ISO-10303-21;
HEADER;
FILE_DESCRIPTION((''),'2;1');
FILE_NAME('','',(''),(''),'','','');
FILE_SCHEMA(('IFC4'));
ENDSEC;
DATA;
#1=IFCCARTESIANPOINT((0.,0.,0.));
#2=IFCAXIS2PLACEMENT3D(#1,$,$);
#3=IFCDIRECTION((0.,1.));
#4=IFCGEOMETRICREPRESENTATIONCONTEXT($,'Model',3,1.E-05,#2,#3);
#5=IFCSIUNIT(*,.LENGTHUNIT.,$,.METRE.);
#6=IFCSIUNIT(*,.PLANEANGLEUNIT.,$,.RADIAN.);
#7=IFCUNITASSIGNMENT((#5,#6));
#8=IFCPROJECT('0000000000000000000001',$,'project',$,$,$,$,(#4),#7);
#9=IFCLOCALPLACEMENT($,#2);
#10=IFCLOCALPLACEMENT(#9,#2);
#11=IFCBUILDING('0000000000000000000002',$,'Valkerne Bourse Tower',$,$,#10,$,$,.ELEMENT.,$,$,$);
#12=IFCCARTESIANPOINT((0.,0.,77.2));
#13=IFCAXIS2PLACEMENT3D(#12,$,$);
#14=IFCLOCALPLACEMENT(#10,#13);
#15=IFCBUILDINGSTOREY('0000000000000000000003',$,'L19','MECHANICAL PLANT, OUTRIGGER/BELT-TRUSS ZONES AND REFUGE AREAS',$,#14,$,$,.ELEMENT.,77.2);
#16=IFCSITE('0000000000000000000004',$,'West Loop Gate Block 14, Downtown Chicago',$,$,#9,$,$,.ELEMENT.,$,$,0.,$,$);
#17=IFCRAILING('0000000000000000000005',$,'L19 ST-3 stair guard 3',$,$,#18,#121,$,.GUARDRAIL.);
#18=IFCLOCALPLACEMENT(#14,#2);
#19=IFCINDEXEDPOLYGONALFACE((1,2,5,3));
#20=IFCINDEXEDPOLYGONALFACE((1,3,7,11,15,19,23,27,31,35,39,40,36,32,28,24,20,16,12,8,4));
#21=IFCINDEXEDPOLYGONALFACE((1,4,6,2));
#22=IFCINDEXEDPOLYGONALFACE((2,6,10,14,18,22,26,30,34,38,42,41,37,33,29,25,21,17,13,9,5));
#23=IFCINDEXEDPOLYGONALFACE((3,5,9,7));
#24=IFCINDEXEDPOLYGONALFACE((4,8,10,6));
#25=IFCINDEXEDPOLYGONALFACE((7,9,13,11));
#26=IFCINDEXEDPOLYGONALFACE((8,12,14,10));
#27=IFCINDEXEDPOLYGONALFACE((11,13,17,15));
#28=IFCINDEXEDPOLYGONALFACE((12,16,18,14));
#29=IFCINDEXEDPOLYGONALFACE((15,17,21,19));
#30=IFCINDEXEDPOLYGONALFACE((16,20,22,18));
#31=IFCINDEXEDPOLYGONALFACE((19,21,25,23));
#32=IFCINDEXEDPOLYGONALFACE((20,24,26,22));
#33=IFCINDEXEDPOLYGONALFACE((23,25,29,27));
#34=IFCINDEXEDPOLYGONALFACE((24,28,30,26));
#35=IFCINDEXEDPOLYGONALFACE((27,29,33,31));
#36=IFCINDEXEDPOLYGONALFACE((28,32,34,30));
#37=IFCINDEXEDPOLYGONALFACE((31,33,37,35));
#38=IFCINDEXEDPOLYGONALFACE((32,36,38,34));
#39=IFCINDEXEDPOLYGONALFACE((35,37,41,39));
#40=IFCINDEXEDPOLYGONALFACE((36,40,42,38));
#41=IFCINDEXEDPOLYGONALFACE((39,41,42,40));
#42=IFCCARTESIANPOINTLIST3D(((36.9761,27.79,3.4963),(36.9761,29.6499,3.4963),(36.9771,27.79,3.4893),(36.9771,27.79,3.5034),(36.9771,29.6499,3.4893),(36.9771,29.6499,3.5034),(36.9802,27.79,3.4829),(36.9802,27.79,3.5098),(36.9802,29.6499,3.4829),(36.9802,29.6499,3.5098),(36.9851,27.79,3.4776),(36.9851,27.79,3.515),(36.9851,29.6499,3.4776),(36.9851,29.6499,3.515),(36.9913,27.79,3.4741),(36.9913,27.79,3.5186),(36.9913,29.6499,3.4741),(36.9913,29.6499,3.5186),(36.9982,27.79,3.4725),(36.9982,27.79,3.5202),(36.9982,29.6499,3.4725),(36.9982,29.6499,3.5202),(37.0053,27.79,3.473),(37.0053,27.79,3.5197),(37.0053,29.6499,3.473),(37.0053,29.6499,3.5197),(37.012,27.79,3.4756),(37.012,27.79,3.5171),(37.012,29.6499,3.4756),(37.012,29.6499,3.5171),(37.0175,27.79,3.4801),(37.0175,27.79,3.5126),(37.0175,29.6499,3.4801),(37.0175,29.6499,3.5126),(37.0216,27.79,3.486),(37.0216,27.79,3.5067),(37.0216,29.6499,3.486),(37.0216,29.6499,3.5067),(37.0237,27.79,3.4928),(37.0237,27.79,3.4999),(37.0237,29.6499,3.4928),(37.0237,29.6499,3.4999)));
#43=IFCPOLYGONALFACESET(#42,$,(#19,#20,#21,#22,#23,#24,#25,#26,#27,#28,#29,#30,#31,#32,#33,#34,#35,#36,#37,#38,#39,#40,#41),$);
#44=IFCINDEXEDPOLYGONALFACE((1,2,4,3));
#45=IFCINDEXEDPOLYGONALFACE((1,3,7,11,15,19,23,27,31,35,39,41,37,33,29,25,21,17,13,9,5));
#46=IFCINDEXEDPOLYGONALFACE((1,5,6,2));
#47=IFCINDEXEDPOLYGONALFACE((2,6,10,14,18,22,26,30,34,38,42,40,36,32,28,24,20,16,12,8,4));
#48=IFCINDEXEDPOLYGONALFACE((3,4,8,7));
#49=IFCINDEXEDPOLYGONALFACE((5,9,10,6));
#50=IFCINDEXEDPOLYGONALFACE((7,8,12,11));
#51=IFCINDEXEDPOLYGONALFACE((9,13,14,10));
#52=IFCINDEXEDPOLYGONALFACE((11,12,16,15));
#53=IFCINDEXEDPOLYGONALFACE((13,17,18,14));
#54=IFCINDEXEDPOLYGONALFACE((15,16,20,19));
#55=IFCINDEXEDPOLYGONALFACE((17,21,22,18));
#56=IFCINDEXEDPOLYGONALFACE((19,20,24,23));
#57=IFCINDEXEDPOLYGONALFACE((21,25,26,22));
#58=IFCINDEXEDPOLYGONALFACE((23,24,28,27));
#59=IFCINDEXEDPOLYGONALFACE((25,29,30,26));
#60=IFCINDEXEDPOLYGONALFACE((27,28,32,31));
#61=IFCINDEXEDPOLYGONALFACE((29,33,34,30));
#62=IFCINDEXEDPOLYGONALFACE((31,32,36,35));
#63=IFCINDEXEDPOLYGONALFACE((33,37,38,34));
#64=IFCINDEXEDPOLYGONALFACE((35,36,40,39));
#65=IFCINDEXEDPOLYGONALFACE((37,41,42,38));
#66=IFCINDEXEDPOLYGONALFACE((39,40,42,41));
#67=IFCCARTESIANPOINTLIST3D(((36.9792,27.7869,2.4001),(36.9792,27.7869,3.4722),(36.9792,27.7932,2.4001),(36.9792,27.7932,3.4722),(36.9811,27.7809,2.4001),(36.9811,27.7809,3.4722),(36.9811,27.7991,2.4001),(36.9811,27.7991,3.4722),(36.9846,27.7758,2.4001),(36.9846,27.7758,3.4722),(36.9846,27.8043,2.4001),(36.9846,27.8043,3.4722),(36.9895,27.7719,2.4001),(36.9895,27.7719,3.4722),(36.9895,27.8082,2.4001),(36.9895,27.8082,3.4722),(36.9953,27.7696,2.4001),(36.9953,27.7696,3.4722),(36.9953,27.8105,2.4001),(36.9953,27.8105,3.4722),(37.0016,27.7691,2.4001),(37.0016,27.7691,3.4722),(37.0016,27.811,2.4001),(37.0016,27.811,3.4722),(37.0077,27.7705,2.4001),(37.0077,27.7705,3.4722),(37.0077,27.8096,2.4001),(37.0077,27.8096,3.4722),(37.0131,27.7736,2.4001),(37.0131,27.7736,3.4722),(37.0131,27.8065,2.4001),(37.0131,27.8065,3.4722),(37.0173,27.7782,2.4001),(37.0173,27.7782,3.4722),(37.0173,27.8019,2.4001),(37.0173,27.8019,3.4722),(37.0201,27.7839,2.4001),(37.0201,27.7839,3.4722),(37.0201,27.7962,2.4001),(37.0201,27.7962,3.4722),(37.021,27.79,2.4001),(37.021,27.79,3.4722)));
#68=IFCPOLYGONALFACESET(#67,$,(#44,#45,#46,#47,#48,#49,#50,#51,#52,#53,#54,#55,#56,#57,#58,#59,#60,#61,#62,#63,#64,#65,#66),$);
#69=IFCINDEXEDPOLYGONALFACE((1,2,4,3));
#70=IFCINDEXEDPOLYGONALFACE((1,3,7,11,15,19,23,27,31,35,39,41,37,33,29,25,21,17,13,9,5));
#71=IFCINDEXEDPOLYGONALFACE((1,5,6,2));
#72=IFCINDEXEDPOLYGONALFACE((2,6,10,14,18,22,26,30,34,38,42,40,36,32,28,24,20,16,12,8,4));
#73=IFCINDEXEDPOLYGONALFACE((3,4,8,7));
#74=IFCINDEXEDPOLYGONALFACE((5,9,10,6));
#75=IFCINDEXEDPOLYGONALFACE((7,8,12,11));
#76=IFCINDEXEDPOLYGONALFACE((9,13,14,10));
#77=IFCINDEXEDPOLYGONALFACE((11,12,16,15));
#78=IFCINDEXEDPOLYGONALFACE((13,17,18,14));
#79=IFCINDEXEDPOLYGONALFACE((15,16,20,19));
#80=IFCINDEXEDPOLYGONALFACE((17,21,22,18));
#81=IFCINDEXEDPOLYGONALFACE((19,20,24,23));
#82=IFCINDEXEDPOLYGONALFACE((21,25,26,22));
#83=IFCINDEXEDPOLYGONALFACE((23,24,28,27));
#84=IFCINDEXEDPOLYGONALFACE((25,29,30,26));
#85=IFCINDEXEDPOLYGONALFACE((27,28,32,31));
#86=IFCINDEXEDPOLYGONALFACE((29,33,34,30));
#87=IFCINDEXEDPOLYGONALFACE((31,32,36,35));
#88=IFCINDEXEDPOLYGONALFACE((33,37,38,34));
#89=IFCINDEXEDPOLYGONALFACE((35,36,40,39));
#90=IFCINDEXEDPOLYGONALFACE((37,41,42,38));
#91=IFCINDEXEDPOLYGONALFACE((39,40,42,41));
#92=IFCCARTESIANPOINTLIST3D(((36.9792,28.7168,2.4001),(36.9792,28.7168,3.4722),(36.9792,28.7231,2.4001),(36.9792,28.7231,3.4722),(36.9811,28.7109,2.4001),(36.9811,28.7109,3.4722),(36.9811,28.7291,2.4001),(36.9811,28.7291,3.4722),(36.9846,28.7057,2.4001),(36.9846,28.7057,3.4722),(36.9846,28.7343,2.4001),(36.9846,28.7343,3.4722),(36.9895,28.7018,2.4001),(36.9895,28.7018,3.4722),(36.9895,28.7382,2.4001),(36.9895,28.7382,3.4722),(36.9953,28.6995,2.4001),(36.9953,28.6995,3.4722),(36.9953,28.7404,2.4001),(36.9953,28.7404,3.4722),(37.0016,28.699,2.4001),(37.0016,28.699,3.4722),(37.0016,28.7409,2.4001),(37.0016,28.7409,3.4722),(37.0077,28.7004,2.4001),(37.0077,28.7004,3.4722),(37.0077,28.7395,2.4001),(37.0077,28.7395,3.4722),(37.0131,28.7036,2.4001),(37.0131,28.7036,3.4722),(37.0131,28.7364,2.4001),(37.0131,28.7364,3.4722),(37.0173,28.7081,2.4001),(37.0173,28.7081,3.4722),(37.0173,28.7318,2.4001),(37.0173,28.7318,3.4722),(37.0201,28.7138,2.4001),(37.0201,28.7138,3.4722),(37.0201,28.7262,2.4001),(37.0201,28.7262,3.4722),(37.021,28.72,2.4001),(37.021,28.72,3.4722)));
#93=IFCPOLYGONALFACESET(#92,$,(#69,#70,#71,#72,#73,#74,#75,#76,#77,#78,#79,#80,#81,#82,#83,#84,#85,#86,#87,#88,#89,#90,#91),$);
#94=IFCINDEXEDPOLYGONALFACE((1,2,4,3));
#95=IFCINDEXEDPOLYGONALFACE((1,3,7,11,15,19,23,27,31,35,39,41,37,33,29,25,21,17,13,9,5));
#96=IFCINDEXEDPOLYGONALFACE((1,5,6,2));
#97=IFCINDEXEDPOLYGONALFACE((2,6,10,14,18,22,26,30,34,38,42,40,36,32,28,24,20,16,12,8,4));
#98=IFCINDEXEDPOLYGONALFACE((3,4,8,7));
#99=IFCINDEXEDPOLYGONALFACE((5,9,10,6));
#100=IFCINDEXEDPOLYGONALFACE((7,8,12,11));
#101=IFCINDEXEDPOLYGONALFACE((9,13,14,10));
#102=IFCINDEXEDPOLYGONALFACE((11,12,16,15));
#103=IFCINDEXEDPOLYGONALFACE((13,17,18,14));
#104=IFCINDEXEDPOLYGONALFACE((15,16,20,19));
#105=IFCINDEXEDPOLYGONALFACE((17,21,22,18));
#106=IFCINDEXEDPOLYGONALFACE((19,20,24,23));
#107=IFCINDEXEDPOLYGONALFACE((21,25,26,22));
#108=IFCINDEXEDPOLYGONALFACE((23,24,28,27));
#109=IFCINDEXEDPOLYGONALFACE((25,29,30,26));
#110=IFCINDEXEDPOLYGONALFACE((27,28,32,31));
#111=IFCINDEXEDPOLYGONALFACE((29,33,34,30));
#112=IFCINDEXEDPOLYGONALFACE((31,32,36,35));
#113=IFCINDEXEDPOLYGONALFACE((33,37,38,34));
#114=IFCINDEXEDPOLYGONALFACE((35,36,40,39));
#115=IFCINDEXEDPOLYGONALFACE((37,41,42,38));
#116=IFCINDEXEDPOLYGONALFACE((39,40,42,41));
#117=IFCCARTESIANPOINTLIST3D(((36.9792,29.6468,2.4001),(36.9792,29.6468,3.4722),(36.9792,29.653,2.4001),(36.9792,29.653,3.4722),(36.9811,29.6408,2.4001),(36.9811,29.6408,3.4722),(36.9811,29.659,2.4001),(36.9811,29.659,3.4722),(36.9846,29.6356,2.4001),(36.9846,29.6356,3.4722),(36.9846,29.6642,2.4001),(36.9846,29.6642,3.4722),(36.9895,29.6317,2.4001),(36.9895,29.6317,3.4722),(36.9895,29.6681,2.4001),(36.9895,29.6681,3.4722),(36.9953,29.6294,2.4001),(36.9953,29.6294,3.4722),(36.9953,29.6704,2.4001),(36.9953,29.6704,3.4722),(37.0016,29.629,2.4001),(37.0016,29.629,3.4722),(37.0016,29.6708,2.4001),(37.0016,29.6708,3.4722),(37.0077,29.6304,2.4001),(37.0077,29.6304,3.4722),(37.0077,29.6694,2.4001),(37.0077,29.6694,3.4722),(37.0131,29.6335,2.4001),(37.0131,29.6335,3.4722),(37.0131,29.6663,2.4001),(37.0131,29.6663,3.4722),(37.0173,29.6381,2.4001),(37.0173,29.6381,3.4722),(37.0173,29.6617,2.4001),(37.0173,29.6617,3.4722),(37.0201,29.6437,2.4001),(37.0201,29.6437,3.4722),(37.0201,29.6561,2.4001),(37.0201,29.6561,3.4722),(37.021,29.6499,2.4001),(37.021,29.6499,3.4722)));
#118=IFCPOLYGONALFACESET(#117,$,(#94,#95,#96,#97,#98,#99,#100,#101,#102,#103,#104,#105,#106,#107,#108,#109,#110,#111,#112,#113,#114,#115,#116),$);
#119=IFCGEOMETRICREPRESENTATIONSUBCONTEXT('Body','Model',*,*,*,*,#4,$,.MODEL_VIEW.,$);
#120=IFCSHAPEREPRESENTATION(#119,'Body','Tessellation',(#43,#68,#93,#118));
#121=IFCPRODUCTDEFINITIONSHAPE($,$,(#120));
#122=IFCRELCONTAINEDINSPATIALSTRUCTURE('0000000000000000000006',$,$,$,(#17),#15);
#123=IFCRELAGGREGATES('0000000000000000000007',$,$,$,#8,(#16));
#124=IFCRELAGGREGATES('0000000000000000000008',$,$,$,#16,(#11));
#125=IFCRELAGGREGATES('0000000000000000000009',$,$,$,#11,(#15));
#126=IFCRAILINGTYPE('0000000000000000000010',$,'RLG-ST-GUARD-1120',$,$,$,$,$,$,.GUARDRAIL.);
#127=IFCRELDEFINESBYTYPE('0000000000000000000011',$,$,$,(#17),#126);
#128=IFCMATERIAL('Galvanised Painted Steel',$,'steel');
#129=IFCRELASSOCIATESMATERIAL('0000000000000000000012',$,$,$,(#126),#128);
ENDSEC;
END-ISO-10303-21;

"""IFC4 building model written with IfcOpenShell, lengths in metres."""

from ifc_helpers import new_model, si_unit, direction, frame, origin, origin_2d, place, context, subcontext, project, spatial, circle, extrude, material, type_object, element, save


model = new_model("IFC4")

# Units and contexts
model_context = context("Model", 3, precision=1e-05, world=origin(), true_north=direction((0.0, 1.0)))
body_context = subcontext(model_context, "Body", "Model", "MODEL_VIEW")
ifc_project = project(units=[si_unit("LENGTHUNIT", "METRE"), si_unit("PLANEANGLEUNIT", "RADIAN")], contexts=[model_context])

# Site, building, storey
site_placement = place(None, origin())
site = spatial("IfcSite", under=ifc_project, at=site_placement, Name="West Loop Gate Block 14, Downtown Chicago", CompositionType="ELEMENT", RefElevation=0.0)
building_placement = place(site_placement, origin())
building = spatial("IfcBuilding", under=site, at=building_placement, Name="Valkerne Bourse Tower", CompositionType="ELEMENT")
storey_placement = place(building_placement, frame((0.0, 0.0, 77.2)))
storey = spatial("IfcBuildingStorey", under=building, at=storey_placement, Name="L19", Description="MECHANICAL PLANT, OUTRIGGER/BELT-TRUSS ZONES AND REFUGE AREAS", CompositionType="ELEMENT", Elevation=77.2)

# Shared definitions
ifc_material_1 = material(Name="Galvanised Painted Steel", Category="steel")

# Railing
railing_type_1 = type_object("IfcRailingType", Name="RLG-ST-GUARD-1120", PredefinedType="GUARDRAIL", material=ifc_material_1)
railing_1_placement = place(storey_placement, frame((37.0, 27.79, 2.4001)))
element("IfcRailing", 1, at=railing_1_placement, inside=storey, type_object=railing_type_1, Name="L19 ST-3 stair guard 3", PredefinedType="GUARDRAIL", context=body_context, shape_type="SweptSolid", body=[
    extrude(circle(Radius=0.0239, at=origin_2d()), frame((0.0, 0.0, 1.0962), z_axis=(0.0, 1.0, 0.0), x_axis=(-1.0, 0.0, 0.0)), (0.0, 0.0, 1.0), 1.8599),
    extrude(circle(Radius=0.021, at=origin_2d()), origin(), (0.0, 0.0, 1.0), 1.072),
    extrude(circle(Radius=0.021, at=origin_2d()), frame((0.0, 0.9299, 0.0)), (0.0, 0.0, 1.0), 1.072),
    extrude(circle(Radius=0.021, at=origin_2d()), frame((0.0, 1.8599, 0.0)), (0.0, 0.0, 1.0), 1.072),
])

save(model, "model.ifc")
